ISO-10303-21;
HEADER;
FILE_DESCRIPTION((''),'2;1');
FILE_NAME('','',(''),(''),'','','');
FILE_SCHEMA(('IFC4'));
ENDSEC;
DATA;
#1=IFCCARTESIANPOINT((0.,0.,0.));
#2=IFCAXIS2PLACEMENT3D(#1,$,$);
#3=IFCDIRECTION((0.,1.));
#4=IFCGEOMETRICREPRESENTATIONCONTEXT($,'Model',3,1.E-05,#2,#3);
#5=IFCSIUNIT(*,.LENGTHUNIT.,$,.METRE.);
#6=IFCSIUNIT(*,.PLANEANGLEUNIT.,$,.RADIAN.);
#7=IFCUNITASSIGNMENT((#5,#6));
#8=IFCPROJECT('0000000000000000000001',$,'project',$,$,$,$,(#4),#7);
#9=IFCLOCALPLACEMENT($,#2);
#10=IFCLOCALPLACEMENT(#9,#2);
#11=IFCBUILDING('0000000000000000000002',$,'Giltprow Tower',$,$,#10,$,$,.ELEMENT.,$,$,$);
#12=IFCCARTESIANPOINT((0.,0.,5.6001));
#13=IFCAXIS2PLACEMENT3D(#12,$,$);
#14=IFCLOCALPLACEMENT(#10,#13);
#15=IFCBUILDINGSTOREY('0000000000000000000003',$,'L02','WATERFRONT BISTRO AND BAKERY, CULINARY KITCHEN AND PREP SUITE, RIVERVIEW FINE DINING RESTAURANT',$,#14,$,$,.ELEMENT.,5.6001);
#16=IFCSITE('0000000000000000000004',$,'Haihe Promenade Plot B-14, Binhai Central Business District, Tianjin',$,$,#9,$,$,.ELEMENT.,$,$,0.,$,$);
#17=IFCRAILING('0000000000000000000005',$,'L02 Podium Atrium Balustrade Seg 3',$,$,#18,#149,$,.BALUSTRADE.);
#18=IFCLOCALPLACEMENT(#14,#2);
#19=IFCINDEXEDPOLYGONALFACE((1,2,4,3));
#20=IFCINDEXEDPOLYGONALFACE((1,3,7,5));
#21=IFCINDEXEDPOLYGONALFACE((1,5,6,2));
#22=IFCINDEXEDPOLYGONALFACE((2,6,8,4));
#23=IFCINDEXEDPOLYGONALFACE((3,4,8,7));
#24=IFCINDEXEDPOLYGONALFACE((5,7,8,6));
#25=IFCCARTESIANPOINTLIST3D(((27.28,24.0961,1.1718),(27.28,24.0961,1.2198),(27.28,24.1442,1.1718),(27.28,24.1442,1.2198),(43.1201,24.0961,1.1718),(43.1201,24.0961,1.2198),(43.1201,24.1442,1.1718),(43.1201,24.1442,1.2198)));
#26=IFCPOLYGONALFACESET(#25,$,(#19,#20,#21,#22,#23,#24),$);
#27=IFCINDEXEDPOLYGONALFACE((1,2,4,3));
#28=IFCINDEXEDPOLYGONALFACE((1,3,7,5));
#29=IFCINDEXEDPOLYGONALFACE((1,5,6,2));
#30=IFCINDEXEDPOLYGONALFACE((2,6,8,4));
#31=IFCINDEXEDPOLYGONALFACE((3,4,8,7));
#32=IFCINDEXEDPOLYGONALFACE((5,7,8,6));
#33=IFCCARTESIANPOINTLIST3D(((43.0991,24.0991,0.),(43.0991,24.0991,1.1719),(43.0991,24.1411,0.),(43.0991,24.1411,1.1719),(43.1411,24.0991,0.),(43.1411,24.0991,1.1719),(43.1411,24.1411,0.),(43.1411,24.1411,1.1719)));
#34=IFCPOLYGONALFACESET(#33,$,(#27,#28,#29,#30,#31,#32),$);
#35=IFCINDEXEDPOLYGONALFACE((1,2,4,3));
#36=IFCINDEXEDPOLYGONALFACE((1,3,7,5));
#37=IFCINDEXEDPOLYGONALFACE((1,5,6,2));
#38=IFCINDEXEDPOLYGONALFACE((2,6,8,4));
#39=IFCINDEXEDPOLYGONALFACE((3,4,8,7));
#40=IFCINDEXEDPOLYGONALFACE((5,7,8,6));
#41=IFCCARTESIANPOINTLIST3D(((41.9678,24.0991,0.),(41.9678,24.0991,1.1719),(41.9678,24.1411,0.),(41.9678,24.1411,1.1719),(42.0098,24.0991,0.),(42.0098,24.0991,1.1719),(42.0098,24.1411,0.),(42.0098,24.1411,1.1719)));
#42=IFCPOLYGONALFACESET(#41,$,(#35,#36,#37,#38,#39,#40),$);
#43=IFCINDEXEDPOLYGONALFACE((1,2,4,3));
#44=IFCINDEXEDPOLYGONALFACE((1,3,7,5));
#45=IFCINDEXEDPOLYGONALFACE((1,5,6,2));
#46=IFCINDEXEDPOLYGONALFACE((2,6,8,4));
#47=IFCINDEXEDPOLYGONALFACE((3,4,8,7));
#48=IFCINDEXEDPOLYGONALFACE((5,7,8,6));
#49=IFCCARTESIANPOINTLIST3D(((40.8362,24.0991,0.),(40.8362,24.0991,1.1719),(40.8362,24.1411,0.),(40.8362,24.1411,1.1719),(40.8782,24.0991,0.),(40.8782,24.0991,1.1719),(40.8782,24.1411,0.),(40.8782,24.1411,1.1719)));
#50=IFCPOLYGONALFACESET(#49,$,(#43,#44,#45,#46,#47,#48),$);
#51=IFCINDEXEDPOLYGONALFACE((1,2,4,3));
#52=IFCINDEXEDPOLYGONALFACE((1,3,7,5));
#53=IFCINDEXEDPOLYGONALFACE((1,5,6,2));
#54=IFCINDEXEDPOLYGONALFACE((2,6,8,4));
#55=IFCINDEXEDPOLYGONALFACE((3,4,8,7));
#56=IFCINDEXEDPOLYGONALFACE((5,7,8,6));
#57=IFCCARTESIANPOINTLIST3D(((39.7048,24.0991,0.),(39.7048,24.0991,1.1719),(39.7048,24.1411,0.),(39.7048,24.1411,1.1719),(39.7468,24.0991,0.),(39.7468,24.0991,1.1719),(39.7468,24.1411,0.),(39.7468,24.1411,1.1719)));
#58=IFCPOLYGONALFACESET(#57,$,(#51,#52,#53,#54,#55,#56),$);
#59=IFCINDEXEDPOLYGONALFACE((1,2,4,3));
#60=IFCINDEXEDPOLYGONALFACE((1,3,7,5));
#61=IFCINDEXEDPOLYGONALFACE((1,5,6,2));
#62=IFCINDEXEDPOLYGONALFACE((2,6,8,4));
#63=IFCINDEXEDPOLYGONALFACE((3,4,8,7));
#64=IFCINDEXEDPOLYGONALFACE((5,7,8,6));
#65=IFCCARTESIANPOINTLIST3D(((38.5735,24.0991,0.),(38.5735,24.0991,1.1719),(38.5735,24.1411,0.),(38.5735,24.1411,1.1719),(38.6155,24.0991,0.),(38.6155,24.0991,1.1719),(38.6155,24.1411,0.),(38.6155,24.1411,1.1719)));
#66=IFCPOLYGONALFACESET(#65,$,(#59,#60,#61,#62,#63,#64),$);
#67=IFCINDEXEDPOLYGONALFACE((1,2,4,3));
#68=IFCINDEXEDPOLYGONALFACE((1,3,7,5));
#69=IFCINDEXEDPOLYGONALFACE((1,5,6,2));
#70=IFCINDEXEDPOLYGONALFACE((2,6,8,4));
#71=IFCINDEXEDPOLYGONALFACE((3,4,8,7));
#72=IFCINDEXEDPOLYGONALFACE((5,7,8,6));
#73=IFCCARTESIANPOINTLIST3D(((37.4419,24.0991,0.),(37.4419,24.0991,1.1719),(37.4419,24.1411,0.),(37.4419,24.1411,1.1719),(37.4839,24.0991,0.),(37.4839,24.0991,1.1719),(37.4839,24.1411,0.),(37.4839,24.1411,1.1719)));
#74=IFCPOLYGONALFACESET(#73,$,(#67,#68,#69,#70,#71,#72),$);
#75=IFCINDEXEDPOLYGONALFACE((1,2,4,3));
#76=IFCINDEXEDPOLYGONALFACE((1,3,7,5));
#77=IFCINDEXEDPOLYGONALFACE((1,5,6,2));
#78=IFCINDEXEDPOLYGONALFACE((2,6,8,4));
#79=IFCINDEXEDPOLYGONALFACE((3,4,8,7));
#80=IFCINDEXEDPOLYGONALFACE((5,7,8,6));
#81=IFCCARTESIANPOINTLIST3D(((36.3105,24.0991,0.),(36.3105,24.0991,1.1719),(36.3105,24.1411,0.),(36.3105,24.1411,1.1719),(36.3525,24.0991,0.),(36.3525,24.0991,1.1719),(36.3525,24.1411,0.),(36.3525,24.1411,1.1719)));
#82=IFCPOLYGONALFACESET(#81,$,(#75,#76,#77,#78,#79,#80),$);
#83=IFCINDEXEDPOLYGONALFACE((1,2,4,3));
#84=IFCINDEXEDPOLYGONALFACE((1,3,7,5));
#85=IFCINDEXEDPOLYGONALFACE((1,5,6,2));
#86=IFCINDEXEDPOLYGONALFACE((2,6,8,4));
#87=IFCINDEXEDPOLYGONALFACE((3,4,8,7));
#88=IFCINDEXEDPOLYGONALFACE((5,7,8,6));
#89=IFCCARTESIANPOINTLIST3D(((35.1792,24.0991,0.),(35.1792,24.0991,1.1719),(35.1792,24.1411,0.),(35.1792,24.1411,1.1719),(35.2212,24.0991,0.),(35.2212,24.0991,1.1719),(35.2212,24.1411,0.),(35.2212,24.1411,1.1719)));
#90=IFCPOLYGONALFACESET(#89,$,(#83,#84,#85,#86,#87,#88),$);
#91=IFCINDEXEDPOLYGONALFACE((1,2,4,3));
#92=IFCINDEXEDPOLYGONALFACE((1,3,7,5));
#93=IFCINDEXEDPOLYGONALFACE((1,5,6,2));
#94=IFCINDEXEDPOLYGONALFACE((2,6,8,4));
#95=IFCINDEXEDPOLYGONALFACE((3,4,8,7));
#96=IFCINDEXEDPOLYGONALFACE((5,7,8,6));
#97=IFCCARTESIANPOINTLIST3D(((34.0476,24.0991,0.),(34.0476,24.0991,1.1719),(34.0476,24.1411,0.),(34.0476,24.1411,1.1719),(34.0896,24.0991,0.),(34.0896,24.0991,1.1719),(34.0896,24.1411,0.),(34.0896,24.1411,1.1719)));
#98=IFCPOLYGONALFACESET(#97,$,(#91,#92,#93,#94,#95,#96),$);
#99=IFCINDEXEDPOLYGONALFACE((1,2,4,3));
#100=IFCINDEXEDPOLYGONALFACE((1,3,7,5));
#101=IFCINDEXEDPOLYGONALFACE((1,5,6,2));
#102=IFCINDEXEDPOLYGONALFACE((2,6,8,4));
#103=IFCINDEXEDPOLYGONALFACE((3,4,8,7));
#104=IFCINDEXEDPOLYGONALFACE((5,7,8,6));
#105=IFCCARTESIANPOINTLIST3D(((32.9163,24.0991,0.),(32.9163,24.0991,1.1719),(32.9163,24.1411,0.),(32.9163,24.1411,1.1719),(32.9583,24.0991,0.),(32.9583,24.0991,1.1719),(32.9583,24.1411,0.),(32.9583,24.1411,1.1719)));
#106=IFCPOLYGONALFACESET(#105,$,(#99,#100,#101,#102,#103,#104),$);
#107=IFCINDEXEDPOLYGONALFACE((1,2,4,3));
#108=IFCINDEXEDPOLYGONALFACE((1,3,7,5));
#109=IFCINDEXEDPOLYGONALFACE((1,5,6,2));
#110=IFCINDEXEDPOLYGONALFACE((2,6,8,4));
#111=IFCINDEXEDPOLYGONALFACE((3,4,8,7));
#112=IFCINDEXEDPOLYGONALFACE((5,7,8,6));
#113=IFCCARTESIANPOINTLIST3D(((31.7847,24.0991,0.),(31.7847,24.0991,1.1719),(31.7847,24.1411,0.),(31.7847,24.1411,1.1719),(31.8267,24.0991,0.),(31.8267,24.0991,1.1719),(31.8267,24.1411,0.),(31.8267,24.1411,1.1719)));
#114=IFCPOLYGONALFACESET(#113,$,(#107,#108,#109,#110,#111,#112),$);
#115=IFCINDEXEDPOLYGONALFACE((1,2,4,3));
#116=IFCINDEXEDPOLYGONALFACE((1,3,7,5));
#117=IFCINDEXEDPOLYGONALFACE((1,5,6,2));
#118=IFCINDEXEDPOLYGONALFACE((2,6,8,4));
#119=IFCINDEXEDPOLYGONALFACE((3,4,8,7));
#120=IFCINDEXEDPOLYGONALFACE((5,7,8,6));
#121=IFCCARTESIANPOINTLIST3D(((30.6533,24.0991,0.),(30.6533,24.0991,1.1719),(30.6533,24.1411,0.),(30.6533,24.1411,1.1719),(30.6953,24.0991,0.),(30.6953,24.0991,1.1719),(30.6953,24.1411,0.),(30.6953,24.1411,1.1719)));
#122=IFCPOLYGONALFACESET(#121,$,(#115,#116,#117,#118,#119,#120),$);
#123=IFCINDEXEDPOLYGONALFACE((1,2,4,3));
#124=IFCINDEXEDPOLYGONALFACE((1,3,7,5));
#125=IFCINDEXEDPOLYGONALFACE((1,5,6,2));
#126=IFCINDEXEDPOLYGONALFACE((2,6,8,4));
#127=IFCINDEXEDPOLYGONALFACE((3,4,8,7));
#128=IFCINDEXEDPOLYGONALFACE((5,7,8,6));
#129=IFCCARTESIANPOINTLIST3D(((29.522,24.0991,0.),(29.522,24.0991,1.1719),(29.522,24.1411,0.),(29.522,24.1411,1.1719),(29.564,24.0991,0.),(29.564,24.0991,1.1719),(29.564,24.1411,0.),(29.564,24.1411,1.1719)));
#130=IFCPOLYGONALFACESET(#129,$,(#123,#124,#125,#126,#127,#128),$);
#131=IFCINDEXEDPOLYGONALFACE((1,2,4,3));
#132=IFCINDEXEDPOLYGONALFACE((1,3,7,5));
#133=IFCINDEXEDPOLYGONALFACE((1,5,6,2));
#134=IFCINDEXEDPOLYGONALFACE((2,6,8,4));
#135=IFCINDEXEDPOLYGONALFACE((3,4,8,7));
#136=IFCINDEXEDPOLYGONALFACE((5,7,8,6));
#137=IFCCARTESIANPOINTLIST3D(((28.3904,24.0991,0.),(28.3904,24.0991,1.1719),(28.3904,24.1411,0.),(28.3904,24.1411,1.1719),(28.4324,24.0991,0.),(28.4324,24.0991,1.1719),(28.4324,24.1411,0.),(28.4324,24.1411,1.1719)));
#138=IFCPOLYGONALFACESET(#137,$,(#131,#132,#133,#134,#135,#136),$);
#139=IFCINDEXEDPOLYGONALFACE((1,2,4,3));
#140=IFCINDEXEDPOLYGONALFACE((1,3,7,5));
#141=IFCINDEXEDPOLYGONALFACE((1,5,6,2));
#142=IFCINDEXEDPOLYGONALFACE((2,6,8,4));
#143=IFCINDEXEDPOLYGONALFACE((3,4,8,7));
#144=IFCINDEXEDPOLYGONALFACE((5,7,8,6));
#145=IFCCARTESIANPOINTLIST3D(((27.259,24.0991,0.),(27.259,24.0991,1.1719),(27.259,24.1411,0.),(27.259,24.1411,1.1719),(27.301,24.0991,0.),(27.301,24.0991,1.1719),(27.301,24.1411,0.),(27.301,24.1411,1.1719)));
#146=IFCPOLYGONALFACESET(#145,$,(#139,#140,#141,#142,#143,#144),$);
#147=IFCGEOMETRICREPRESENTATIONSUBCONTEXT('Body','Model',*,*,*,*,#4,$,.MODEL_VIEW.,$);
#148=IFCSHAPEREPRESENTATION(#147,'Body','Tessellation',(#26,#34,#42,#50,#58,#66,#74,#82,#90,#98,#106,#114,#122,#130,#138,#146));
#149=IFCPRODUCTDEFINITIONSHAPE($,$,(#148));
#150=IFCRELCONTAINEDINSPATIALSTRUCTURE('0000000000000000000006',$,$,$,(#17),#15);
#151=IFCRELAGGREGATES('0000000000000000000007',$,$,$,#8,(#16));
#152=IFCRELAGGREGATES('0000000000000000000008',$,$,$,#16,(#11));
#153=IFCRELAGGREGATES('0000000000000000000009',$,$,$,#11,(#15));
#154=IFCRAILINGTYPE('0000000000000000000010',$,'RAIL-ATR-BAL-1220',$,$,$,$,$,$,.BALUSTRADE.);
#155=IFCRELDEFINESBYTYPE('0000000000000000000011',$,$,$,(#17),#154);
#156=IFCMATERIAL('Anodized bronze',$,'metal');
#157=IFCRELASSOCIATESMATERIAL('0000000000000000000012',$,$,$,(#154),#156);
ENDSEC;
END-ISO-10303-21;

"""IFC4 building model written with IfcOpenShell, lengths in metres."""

from ifc_helpers import new_model, si_unit, direction, frame, origin, origin_2d, place, context, subcontext, project, spatial, rectangle, extrude, material, type_object, element, save


model = new_model("IFC4")

# Units and contexts
model_context = context("Model", 3, precision=1e-05, world=origin(), true_north=direction((0.0, 1.0)))
body_context = subcontext(model_context, "Body", "Model", "MODEL_VIEW")
ifc_project = project(units=[si_unit("LENGTHUNIT", "METRE"), si_unit("PLANEANGLEUNIT", "RADIAN")], contexts=[model_context])

# Site, building, storey
site_placement = place(None, origin())
site = spatial("IfcSite", under=ifc_project, at=site_placement, Name="Haihe Promenade Plot B-14, Binhai Central Business District, Tianjin", CompositionType="ELEMENT", RefElevation=0.0)
building_placement = place(site_placement, origin())
building = spatial("IfcBuilding", under=site, at=building_placement, Name="Giltprow Tower", CompositionType="ELEMENT")
storey_placement = place(building_placement, frame((0.0, 0.0, 5.6001)))
storey = spatial("IfcBuildingStorey", under=building, at=storey_placement, Name="L02", Description="WATERFRONT BISTRO AND BAKERY, CULINARY KITCHEN AND PREP SUITE, RIVERVIEW FINE DINING RESTAURANT", CompositionType="ELEMENT", Elevation=5.6001)

# Railing
ifc_material_1 = material(Name="Anodized bronze", Category="metal")
railing_type = type_object("IfcRailingType", Name="RAIL-ATR-BAL-1220", PredefinedType="BALUSTRADE", material=ifc_material_1)
railing_placement = place(storey_placement, frame((43.1201, 24.1201, 0.0)))
element("IfcRailing", 1, at=railing_placement, inside=storey, type_object=railing_type, Name="L02 Podium Atrium Balustrade Seg 3", PredefinedType="BALUSTRADE", context=body_context, shape_type="SweptSolid", body=[
    extrude(rectangle(XDim=0.0481, YDim=0.0481, at=origin_2d()), frame((0.0, 0.0, 1.1958), z_axis=(-1.0, 0.0, 0.0), x_axis=(0.0, -1.0, 0.0)), (0.0, 0.0, 1.0), 15.8401),
    extrude(rectangle(XDim=0.042, YDim=0.042, at=origin_2d()), origin(), (0.0, 0.0, 1.0), 1.1719),
    extrude(rectangle(XDim=0.042, YDim=0.042, at=origin_2d()), frame((-1.1313, 0.0, 0.0)), (0.0, 0.0, 1.0), 1.1719),
    extrude(rectangle(XDim=0.042, YDim=0.042, at=origin_2d()), frame((-2.2629, 0.0, 0.0)), (0.0, 0.0, 1.0), 1.1719),
    extrude(rectangle(XDim=0.042, YDim=0.042, at=origin_2d()), frame((-3.3943, 0.0, 0.0)), (0.0, 0.0, 1.0), 1.1719),
    extrude(rectangle(XDim=0.042, YDim=0.042, at=origin_2d()), frame((-4.5256, 0.0, 0.0)), (0.0, 0.0, 1.0), 1.1719),
    extrude(rectangle(XDim=0.042, YDim=0.042, at=origin_2d()), frame((-5.6572, 0.0, 0.0)), (0.0, 0.0, 1.0), 1.1719),
    extrude(rectangle(XDim=0.042, YDim=0.042, at=origin_2d()), frame((-6.7886, 0.0, 0.0)), (0.0, 0.0, 1.0), 1.1719),
    extrude(rectangle(XDim=0.042, YDim=0.042, at=origin_2d()), frame((-7.9199, 0.0, 0.0)), (0.0, 0.0, 1.0), 1.1719),
    extrude(rectangle(XDim=0.042, YDim=0.042, at=origin_2d()), frame((-9.0515, 0.0, 0.0)), (0.0, 0.0, 1.0), 1.1719),
    extrude(rectangle(XDim=0.042, YDim=0.042, at=origin_2d()), frame((-10.1829, 0.0, 0.0)), (0.0, 0.0, 1.0), 1.1719),
    extrude(rectangle(XDim=0.042, YDim=0.042, at=origin_2d()), frame((-11.3145, 0.0, 0.0)), (0.0, 0.0, 1.0), 1.1719),
    extrude(rectangle(XDim=0.042, YDim=0.042, at=origin_2d()), frame((-12.4458, 0.0, 0.0)), (0.0, 0.0, 1.0), 1.1719),
    extrude(rectangle(XDim=0.042, YDim=0.042, at=origin_2d()), frame((-13.5771, 0.0, 0.0)), (0.0, 0.0, 1.0), 1.1719),
    extrude(rectangle(XDim=0.042, YDim=0.042, at=origin_2d()), frame((-14.7087, 0.0, 0.0)), (0.0, 0.0, 1.0), 1.1719),
    extrude(rectangle(XDim=0.042, YDim=0.042, at=origin_2d()), frame((-15.8401, 0.0, 0.0)), (0.0, 0.0, 1.0), 1.1719),
])

save(model, "model.ifc")
